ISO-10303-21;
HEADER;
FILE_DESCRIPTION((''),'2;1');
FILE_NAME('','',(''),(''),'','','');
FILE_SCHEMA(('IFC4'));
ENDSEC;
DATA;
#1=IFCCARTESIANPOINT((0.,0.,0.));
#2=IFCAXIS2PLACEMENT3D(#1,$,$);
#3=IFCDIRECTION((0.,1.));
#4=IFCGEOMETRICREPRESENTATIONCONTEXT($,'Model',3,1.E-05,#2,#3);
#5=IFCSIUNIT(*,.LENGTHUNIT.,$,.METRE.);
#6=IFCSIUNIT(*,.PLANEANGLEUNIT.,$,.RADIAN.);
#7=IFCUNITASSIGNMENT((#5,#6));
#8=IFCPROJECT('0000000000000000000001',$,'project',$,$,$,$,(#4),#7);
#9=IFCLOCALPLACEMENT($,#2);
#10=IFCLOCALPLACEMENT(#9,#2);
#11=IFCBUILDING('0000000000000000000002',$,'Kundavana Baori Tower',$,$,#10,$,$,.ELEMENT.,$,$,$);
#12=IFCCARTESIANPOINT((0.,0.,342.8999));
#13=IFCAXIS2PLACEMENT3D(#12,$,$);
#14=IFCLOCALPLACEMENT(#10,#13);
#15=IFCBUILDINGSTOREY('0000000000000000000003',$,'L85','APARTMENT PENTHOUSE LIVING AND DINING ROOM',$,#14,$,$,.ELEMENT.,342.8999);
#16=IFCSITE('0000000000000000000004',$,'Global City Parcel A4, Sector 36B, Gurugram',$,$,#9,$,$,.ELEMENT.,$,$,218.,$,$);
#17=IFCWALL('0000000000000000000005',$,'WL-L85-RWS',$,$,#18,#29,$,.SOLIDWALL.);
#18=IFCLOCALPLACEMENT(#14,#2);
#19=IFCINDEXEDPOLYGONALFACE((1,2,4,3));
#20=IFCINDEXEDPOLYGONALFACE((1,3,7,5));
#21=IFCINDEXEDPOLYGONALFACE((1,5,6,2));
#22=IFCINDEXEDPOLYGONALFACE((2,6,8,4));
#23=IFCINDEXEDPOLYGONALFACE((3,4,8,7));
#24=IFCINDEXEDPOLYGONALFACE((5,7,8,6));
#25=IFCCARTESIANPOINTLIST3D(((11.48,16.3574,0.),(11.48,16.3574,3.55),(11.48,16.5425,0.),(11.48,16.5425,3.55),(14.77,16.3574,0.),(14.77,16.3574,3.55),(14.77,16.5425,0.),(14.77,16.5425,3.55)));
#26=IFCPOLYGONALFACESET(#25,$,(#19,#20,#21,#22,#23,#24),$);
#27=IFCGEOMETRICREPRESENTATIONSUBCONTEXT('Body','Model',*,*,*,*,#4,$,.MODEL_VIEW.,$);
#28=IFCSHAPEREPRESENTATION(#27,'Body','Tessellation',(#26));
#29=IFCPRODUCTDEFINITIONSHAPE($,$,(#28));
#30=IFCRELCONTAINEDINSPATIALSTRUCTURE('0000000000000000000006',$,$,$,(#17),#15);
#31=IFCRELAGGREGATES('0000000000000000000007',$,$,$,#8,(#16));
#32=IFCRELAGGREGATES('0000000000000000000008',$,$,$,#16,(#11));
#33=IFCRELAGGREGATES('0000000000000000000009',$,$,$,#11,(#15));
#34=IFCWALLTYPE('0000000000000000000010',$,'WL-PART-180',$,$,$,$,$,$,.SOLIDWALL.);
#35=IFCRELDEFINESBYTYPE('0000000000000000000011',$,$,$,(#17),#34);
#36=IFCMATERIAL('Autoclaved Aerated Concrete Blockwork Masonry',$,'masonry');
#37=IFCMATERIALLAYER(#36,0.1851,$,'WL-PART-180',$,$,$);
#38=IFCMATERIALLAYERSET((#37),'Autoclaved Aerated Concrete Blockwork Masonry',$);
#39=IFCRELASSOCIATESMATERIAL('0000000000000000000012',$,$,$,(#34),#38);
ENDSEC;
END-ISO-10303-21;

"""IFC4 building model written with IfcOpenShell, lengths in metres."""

from ifc_helpers import new_model, si_unit, direction, frame, frame_2d, origin, place, context, subcontext, project, spatial, rectangle, extrude, material, layer, layer_set, type_object, element, save


model = new_model("IFC4")

# Units and contexts
model_context = context("Model", 3, precision=1e-05, world=origin(), true_north=direction((0.0, 1.0)))
body_context = subcontext(model_context, "Body", "Model", "MODEL_VIEW")
ifc_project = project(units=[si_unit("LENGTHUNIT", "METRE"), si_unit("PLANEANGLEUNIT", "RADIAN")], contexts=[model_context])

# Site, building, storey
site_placement = place(None, origin())
site = spatial("IfcSite", under=ifc_project, at=site_placement, Name="Global City Parcel A4, Sector 36B, Gurugram", CompositionType="ELEMENT", RefElevation=218.0)
building_placement = place(site_placement, origin())
building = spatial("IfcBuilding", under=site, at=building_placement, Name="Kundavana Baori Tower", CompositionType="ELEMENT")
storey_placement = place(building_placement, frame((0.0, 0.0, 342.8999)))
storey = spatial("IfcBuildingStorey", under=building, at=storey_placement, Name="L85", Description="APARTMENT PENTHOUSE LIVING AND DINING ROOM", CompositionType="ELEMENT", Elevation=342.8999)

# Shared definitions
ifc_material_1 = material(Name="Autoclaved Aerated Concrete Blockwork Masonry", Category="masonry")
ifc_layer_1 = layer(ifc_material_1, 0.1851, Name="WL-PART-180")
ifc_layer_set_1 = layer_set([ifc_layer_1], Name="Autoclaved Aerated Concrete Blockwork Masonry")
wall_type_1 = type_object("IfcWallType", Name="WL-PART-180", PredefinedType="SOLIDWALL", material=ifc_layer_set_1)

# Wall
wall_1_placement = place(storey_placement, frame((11.48, 16.45, 0.0), z_axis=(0.0, 0.0, 1.0), x_axis=(1.0, 0.0, 0.0)))
element("IfcWall", 1, at=wall_1_placement, inside=storey, type_object=wall_type_1, Name="WL-L85-RWS", PredefinedType="SOLIDWALL", context=body_context, shape_type="SweptSolid", body=[
    extrude(rectangle(XDim=3.29, YDim=0.1851, at=frame_2d((1.645, 0.0))), origin(), (0.0, 0.0, 1.0), 3.55),
])

save(model, "model.ifc")
